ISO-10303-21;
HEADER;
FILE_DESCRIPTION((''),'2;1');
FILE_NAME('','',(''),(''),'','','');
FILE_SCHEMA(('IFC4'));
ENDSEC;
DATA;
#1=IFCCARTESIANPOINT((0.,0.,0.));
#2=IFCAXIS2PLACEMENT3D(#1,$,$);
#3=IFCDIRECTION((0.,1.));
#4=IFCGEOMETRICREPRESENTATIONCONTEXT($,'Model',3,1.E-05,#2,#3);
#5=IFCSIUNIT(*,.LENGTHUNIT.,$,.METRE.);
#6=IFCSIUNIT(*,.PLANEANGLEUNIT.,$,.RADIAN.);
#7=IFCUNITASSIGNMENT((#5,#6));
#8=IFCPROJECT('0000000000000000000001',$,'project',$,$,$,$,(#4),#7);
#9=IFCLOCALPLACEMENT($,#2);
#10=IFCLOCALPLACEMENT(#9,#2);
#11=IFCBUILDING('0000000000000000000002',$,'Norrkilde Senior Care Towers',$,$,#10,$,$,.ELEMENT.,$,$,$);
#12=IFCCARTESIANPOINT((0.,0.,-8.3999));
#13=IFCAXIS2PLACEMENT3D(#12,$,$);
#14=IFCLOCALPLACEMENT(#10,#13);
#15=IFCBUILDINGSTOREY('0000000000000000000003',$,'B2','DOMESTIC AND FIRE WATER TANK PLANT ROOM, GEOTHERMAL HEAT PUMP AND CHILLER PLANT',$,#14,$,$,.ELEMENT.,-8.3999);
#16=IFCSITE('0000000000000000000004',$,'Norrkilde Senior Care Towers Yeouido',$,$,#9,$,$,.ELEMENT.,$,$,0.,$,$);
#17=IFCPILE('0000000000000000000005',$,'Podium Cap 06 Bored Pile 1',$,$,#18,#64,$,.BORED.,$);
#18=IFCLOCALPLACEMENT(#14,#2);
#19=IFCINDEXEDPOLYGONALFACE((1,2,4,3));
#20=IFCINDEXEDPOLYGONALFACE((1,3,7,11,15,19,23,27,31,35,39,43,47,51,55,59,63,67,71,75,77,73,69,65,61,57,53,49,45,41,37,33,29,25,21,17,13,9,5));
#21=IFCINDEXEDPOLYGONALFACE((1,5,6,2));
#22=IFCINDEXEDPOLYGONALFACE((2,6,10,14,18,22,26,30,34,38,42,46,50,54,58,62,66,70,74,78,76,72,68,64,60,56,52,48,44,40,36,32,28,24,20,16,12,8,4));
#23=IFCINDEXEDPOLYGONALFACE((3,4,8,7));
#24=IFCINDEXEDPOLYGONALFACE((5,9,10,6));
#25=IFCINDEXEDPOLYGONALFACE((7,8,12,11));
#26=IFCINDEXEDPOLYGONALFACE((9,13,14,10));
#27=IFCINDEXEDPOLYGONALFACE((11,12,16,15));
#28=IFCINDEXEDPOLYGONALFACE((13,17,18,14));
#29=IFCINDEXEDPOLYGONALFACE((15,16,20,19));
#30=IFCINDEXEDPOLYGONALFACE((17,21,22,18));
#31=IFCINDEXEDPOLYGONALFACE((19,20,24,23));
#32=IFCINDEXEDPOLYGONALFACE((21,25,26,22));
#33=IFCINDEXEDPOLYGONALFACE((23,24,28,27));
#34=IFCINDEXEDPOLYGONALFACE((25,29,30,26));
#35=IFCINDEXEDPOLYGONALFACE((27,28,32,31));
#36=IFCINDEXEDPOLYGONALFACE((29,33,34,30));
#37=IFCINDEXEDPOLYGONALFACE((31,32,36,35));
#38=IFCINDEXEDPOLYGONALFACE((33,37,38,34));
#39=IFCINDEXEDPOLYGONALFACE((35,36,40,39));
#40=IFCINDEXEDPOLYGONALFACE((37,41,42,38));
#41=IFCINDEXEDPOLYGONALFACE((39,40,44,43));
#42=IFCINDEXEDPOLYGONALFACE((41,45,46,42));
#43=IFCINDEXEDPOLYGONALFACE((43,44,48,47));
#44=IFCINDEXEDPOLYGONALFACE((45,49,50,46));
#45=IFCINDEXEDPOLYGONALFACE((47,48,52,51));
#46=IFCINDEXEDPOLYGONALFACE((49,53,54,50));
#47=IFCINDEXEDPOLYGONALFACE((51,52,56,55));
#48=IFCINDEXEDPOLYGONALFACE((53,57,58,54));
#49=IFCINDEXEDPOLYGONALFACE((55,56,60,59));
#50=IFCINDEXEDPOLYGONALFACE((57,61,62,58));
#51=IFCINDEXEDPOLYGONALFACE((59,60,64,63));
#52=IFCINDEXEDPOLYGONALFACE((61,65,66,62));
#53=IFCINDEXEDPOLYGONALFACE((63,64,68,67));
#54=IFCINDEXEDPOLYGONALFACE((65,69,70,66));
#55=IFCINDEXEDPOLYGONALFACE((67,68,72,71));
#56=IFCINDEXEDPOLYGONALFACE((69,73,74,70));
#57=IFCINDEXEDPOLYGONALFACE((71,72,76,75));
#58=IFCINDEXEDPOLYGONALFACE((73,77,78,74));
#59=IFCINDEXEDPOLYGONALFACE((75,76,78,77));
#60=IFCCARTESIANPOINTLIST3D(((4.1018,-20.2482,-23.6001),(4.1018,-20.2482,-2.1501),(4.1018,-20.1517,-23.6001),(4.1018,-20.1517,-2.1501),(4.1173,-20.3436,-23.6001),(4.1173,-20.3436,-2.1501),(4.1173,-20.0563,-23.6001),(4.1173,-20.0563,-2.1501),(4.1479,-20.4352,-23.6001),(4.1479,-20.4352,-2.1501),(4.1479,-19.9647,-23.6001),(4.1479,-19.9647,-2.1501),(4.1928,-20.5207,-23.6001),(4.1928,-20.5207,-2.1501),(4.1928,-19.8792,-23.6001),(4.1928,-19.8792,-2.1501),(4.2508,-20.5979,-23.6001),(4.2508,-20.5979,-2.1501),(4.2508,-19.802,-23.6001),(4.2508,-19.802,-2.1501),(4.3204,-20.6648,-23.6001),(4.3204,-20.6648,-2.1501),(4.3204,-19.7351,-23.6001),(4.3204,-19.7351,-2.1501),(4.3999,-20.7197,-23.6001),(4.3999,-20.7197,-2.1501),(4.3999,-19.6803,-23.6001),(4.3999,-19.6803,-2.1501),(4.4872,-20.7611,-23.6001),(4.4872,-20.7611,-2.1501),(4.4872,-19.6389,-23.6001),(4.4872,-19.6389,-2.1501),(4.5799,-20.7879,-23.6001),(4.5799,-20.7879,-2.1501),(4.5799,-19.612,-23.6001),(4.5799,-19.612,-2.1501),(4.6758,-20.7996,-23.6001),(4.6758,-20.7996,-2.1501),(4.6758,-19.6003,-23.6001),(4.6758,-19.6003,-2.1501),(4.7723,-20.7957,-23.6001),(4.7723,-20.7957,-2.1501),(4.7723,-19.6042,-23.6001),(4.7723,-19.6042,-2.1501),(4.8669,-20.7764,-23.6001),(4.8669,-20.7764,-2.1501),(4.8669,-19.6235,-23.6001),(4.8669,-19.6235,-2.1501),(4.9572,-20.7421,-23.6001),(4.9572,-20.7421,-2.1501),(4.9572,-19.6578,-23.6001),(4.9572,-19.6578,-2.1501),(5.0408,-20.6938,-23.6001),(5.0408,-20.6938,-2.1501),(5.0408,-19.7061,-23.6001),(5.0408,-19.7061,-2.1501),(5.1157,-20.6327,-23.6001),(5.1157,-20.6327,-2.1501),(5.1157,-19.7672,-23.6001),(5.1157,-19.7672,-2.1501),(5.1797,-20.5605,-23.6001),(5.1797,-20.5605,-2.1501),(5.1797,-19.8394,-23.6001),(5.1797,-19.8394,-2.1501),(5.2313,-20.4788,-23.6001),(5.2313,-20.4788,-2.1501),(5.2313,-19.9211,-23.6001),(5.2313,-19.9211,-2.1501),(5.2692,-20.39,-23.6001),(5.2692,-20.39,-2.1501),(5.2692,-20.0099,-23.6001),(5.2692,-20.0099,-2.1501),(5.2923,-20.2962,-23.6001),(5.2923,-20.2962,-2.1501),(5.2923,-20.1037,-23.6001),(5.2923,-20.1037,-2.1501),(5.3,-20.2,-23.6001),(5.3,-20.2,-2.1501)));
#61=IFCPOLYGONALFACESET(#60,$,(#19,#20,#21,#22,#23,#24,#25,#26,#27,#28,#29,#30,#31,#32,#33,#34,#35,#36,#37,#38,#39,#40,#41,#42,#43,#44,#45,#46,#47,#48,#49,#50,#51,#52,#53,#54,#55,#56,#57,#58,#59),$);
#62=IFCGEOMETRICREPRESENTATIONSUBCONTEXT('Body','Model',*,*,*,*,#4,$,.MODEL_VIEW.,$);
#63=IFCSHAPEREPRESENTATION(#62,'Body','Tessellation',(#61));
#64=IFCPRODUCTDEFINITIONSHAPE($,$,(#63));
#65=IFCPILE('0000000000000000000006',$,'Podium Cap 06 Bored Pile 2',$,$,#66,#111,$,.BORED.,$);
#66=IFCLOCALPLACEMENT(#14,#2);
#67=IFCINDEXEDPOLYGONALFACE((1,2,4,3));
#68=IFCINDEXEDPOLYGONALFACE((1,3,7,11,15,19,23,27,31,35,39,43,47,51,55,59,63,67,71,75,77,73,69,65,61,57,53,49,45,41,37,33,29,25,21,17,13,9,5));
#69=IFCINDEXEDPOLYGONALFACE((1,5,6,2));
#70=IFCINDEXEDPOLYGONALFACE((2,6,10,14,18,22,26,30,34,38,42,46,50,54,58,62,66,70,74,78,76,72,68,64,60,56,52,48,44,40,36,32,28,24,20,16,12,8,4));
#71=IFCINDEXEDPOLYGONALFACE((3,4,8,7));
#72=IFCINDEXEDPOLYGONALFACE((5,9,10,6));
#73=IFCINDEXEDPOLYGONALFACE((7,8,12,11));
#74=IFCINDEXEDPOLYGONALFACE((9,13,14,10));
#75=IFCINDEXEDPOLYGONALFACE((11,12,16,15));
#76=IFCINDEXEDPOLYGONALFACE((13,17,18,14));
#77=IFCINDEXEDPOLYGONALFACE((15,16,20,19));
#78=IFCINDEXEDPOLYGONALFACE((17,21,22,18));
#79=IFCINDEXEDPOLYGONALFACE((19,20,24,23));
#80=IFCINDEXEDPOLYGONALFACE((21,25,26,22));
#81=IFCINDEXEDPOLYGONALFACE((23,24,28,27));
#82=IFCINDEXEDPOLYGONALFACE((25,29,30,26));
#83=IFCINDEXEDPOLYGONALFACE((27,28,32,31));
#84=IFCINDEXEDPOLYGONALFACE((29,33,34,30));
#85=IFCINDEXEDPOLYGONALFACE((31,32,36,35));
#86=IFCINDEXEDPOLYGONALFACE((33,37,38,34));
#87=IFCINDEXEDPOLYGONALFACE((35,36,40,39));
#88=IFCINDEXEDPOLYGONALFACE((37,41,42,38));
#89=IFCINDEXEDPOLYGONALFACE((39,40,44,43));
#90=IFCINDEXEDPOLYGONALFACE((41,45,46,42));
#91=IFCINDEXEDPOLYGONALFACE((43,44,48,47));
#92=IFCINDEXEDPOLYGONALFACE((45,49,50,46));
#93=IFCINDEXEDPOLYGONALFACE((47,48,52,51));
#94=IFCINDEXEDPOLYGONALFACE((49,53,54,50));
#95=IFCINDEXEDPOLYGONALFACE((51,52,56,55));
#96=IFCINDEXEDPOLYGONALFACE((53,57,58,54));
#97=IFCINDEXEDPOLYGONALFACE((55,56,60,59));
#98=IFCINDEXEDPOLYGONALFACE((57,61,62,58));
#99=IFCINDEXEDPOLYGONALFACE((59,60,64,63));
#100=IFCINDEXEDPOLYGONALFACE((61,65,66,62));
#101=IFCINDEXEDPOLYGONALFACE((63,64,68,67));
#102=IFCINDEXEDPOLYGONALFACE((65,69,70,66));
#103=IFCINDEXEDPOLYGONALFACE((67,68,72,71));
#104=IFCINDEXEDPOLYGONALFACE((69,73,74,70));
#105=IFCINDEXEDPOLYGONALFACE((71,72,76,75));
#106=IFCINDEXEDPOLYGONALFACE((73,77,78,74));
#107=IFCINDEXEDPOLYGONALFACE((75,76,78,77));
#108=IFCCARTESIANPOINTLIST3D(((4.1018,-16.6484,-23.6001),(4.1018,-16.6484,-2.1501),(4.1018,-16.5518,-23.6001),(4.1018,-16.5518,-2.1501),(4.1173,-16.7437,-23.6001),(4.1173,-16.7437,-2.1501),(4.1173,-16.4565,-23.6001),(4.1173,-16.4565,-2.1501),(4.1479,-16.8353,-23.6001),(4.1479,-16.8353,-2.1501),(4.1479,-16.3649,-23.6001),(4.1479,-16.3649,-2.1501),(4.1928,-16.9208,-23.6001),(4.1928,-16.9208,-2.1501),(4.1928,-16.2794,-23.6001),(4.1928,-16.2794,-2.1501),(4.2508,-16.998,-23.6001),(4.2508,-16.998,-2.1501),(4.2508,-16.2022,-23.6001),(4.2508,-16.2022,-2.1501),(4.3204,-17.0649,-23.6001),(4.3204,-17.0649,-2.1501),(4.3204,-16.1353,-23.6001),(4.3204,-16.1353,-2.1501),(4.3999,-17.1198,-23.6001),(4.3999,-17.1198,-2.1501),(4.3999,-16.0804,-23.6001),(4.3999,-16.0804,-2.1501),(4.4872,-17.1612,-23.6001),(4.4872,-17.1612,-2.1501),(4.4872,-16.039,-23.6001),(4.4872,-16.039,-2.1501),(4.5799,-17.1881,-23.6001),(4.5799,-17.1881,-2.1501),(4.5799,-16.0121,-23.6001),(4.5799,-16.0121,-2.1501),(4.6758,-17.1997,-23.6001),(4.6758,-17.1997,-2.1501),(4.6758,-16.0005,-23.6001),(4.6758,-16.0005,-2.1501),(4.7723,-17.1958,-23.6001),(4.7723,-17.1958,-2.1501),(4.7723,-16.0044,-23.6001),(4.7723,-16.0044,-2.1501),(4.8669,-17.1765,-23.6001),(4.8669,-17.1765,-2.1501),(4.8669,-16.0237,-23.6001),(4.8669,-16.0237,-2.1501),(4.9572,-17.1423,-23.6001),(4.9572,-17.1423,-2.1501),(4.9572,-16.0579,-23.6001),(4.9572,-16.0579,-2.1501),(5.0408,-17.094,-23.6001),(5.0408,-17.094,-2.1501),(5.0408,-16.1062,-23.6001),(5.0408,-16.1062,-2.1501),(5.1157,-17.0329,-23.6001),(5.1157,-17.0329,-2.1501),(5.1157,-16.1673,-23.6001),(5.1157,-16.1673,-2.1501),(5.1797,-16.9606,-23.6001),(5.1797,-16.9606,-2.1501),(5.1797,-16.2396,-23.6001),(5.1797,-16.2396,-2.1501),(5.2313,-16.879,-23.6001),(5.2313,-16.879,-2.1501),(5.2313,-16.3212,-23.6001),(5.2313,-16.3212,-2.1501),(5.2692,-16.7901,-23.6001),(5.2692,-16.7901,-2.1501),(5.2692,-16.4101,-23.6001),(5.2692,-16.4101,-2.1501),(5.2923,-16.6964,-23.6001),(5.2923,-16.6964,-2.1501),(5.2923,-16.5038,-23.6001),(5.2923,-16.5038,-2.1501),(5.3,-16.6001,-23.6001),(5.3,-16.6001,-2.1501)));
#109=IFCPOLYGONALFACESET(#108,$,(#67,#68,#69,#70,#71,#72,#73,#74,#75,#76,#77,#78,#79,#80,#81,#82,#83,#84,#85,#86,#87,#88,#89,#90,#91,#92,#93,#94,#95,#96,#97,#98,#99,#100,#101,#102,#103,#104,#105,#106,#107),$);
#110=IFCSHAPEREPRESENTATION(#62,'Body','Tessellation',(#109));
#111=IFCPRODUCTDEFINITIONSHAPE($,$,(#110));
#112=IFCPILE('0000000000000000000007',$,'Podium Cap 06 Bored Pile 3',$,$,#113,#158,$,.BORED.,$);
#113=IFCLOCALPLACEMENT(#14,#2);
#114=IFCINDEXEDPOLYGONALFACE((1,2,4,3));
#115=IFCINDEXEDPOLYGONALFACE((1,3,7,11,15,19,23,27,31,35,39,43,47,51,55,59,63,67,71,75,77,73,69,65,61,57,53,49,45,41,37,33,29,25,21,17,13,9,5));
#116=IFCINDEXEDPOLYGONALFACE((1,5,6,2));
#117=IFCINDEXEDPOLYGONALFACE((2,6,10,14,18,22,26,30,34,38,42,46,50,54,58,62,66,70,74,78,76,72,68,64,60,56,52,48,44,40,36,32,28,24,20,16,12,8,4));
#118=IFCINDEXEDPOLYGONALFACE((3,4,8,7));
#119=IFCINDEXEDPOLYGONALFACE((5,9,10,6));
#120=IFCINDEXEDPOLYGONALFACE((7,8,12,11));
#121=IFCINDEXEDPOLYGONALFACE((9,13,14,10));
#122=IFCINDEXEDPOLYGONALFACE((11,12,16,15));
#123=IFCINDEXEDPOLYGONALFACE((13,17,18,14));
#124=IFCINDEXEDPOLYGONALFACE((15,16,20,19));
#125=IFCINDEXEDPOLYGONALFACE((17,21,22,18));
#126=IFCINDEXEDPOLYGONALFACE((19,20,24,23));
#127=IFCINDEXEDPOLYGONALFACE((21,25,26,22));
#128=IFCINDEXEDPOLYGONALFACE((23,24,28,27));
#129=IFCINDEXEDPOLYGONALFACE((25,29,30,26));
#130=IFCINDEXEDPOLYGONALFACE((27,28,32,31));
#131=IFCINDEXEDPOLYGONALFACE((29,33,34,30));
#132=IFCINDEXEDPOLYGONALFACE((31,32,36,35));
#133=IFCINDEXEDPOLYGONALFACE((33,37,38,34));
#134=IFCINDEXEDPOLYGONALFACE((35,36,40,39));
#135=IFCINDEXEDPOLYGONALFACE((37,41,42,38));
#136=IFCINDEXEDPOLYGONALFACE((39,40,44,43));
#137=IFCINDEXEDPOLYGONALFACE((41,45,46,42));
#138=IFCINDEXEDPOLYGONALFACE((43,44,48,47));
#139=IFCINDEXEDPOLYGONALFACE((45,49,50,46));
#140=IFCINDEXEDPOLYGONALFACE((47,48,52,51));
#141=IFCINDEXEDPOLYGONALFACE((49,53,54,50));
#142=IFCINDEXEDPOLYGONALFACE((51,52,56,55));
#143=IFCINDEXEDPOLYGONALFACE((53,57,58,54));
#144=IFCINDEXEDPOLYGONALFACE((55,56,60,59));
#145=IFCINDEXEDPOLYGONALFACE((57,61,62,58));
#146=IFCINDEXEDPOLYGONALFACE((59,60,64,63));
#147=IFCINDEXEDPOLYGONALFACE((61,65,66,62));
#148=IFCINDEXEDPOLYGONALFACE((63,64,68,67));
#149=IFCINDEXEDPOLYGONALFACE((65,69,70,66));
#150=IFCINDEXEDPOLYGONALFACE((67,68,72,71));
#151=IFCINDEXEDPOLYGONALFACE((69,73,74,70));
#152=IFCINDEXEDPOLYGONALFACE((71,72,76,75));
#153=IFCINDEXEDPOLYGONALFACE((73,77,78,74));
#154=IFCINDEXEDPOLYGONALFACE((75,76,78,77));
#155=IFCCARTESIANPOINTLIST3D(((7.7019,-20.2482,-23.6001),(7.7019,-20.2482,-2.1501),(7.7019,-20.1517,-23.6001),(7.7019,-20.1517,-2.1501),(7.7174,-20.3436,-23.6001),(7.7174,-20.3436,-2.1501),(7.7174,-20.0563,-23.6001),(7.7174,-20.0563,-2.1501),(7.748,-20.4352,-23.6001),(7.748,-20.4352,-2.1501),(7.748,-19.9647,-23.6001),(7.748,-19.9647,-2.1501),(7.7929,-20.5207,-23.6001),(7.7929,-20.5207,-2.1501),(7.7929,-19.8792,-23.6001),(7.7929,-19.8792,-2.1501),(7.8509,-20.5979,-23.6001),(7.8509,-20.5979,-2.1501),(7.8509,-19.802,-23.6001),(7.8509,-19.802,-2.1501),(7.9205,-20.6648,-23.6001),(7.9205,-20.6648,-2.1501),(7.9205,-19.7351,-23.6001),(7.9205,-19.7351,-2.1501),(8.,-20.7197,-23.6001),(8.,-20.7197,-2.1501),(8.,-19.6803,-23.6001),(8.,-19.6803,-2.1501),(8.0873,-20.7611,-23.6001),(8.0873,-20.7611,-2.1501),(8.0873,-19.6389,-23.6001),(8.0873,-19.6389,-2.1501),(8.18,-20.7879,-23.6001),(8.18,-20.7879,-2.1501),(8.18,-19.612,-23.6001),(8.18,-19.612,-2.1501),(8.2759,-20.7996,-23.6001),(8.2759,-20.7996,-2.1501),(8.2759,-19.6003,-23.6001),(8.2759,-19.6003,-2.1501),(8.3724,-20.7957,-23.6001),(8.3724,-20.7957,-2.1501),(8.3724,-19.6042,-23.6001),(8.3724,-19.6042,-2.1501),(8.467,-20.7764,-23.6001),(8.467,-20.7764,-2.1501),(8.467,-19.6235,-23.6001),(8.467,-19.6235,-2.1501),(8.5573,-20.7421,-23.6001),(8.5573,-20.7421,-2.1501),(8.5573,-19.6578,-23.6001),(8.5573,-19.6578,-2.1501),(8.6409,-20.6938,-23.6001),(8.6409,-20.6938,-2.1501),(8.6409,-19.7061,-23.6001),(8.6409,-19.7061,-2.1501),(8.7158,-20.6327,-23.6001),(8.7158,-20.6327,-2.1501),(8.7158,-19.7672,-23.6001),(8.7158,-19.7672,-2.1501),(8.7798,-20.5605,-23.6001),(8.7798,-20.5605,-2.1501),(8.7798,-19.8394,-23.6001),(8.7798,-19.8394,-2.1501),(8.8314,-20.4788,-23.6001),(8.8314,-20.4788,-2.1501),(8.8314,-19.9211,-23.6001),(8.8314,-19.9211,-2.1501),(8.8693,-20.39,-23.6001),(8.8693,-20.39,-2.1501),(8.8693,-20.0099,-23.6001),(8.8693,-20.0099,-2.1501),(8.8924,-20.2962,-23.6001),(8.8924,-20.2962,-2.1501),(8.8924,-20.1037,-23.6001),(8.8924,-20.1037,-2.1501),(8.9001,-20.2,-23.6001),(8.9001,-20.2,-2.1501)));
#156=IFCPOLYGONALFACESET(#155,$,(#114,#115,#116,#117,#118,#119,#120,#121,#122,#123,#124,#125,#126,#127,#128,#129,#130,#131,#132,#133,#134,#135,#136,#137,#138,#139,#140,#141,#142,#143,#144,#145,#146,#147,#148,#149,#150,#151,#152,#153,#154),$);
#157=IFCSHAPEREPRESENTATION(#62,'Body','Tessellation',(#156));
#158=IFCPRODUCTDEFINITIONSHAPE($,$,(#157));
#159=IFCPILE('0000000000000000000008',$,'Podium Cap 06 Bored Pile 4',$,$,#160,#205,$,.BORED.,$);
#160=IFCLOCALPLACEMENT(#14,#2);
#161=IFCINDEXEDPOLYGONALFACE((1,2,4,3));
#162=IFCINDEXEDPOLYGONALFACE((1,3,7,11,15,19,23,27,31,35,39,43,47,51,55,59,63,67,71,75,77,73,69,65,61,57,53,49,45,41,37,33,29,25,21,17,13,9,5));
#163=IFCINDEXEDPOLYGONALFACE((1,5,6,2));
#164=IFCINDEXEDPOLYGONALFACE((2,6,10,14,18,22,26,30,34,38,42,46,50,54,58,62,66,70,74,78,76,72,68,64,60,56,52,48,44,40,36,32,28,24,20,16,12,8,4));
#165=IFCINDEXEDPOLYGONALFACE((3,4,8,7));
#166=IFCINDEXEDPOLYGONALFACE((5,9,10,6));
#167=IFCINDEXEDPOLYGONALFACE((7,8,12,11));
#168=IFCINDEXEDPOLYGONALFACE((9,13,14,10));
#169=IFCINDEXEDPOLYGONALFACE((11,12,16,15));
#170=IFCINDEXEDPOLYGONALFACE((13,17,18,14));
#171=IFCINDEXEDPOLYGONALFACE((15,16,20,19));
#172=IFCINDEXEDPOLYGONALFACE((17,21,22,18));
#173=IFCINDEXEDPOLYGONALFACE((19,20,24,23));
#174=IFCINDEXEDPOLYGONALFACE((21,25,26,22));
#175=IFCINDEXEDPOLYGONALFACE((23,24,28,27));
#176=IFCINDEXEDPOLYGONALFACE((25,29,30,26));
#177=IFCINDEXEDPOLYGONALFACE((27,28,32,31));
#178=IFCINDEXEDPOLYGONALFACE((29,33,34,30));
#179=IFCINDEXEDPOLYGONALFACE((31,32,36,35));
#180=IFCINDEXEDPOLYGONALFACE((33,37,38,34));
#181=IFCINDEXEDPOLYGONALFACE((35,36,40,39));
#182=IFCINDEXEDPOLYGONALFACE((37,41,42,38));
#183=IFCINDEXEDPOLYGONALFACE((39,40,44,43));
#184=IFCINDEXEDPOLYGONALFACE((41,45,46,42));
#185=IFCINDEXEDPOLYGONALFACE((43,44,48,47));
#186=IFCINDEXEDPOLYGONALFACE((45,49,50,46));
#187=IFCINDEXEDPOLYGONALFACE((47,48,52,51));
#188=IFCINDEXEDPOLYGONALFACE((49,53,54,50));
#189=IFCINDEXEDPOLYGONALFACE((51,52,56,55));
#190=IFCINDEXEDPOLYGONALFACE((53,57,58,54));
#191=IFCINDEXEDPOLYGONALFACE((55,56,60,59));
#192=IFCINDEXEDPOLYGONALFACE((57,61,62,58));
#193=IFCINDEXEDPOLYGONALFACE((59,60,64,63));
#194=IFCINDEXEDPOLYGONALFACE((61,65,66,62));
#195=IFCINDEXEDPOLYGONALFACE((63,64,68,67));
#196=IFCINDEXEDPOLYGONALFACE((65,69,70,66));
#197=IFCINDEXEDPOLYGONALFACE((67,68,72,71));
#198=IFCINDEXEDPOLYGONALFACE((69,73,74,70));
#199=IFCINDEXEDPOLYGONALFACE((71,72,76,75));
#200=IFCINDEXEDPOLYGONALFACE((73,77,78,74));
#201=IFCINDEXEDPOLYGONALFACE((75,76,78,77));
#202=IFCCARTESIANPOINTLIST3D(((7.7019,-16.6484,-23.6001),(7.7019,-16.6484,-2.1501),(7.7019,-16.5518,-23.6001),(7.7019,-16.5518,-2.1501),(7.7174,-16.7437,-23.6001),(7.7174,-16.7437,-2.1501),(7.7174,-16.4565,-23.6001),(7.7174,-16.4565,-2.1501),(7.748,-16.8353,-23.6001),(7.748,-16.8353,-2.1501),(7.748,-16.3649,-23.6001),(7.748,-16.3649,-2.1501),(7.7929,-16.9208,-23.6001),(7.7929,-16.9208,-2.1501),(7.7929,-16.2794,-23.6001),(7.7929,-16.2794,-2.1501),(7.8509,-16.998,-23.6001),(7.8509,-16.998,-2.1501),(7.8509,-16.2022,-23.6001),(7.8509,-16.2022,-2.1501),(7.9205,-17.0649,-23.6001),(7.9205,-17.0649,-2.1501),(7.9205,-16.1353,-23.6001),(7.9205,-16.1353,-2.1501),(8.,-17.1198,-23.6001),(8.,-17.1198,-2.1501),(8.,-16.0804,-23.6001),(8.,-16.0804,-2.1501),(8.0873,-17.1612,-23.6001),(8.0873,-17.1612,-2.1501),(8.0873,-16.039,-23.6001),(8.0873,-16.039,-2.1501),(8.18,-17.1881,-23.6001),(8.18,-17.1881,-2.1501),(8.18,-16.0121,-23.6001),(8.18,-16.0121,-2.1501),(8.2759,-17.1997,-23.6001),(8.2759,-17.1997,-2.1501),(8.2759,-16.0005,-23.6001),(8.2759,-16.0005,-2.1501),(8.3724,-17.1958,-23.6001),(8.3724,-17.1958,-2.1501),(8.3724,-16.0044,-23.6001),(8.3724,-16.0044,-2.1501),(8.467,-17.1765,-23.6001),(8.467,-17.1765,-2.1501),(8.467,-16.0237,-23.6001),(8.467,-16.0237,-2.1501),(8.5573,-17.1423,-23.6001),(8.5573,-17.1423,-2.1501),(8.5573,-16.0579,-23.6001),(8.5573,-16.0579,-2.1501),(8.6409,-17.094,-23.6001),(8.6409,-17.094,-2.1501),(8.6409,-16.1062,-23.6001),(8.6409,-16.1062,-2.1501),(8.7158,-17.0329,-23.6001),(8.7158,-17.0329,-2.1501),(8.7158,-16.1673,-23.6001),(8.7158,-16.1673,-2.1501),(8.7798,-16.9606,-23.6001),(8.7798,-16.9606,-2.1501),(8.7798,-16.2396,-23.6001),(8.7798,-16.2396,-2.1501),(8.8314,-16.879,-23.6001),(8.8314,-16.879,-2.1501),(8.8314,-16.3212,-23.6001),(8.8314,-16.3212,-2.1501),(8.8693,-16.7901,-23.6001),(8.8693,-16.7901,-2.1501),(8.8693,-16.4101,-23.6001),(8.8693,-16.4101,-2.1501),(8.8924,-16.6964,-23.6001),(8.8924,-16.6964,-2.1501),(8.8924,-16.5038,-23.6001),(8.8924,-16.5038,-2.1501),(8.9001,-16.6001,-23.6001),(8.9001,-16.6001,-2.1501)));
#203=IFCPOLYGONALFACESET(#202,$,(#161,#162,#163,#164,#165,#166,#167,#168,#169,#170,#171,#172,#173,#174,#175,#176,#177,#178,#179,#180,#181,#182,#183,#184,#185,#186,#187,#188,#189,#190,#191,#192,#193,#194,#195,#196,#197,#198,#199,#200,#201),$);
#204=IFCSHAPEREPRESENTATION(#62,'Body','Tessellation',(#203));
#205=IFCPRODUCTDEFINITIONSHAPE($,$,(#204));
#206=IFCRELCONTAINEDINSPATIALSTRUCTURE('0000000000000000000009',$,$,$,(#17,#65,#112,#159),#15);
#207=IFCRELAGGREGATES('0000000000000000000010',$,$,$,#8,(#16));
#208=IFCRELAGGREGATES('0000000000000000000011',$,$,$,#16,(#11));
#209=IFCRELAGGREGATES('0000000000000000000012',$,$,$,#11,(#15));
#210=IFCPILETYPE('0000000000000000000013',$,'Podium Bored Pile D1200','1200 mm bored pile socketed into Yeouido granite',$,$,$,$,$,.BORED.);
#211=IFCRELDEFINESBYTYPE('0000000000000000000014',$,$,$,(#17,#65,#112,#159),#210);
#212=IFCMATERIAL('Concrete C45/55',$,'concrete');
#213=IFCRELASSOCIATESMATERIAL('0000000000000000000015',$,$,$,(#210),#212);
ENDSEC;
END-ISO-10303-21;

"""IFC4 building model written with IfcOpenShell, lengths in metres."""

from ifc_helpers import new_model, si_unit, direction, frame, origin, origin_2d, place, context, subcontext, project, spatial, circle, extrude, source, transform, mapped, material, material_profile, profile_set, type_object, type_shapes, element, save


model = new_model("IFC4")

# Units and contexts
model_context = context("Model", 3, precision=1e-05, world=origin(), true_north=direction((0.0, 1.0)))
body_context = subcontext(model_context, "Body", "Model", "MODEL_VIEW")
ifc_project = project(units=[si_unit("LENGTHUNIT", "METRE"), si_unit("PLANEANGLEUNIT", "RADIAN")], contexts=[model_context])

# Site, building, storey
site_placement = place(None, origin())
site = spatial("IfcSite", under=ifc_project, at=site_placement, Name="Norrkilde Senior Care Towers Yeouido", CompositionType="ELEMENT", RefElevation=0.0)
building_placement = place(site_placement, origin())
building = spatial("IfcBuilding", under=site, at=building_placement, Name="Norrkilde Senior Care Towers", CompositionType="ELEMENT")
storey_placement = place(building_placement, frame((0.0, 0.0, -8.3999)))
storey = spatial("IfcBuildingStorey", under=building, at=storey_placement, Name="B2", Description="DOMESTIC AND FIRE WATER TANK PLANT ROOM, GEOTHERMAL HEAT PUMP AND CHILLER PLANT", CompositionType="ELEMENT", Elevation=-8.3999)

# Piles
ifc_material_1 = material(Name="Concrete C45/55", Category="concrete")
ifc_material_profile_1 = material_profile(ifc_material_1, circle(Radius=0.6001, at=origin_2d()), Name="BORED PILE 1200")
ifc_profile_set_1 = profile_set([ifc_material_profile_1], Name="Concrete C45/55")
pile_type = type_object("IfcPileType", Name="Podium Bored Pile D1200", Description="1200 mm bored pile socketed into Yeouido granite", PredefinedType="BORED", material=ifc_profile_set_1)
shared_shape_1 = source(origin(), body_context, "Body", "SweptSolid", [
    extrude(circle(Radius=0.6001, at=origin_2d()), origin(), (0.0, 0.0, 1.0), 21.45),
])
type_shapes(pile_type, [shared_shape_1])
for number, where, z_axis, x_axis, name in (
    (1, (4.7, -20.2, -2.1501), (0.0, 0.0, -1.0), (1.0, 0.0, 0.0), "Podium Cap 06 Bored Pile 1"),
    (2, (4.7, -16.6001, -2.1501), (0.0, 0.0, -1.0), (1.0, 0.0, 0.0), "Podium Cap 06 Bored Pile 2"),
    (3, (8.3, -20.2, -2.1501), (0.0, 0.0, -1.0), (1.0, 0.0, 0.0), "Podium Cap 06 Bored Pile 3"),
    (4, (8.3, -16.6001, -2.1501), (0.0, 0.0, -1.0), (1.0, 0.0, 0.0), "Podium Cap 06 Bored Pile 4"),
):
    element("IfcPile", number, at=place(storey_placement, frame(where, z_axis=z_axis, x_axis=x_axis)), inside=storey, type_object=pile_type, Name=name, PredefinedType="BORED", context=body_context, shape_type="MappedRepresentation", body=[
        mapped(shared_shape_1, transform((0.0, 0.0, 0.0), x_axis=(1.0, 0.0, 0.0), y_axis=(0.0, 1.0, 0.0), z_axis=(0.0, 0.0, 1.0), scale=1.0)),
    ])

save(model, "model.ifc")
